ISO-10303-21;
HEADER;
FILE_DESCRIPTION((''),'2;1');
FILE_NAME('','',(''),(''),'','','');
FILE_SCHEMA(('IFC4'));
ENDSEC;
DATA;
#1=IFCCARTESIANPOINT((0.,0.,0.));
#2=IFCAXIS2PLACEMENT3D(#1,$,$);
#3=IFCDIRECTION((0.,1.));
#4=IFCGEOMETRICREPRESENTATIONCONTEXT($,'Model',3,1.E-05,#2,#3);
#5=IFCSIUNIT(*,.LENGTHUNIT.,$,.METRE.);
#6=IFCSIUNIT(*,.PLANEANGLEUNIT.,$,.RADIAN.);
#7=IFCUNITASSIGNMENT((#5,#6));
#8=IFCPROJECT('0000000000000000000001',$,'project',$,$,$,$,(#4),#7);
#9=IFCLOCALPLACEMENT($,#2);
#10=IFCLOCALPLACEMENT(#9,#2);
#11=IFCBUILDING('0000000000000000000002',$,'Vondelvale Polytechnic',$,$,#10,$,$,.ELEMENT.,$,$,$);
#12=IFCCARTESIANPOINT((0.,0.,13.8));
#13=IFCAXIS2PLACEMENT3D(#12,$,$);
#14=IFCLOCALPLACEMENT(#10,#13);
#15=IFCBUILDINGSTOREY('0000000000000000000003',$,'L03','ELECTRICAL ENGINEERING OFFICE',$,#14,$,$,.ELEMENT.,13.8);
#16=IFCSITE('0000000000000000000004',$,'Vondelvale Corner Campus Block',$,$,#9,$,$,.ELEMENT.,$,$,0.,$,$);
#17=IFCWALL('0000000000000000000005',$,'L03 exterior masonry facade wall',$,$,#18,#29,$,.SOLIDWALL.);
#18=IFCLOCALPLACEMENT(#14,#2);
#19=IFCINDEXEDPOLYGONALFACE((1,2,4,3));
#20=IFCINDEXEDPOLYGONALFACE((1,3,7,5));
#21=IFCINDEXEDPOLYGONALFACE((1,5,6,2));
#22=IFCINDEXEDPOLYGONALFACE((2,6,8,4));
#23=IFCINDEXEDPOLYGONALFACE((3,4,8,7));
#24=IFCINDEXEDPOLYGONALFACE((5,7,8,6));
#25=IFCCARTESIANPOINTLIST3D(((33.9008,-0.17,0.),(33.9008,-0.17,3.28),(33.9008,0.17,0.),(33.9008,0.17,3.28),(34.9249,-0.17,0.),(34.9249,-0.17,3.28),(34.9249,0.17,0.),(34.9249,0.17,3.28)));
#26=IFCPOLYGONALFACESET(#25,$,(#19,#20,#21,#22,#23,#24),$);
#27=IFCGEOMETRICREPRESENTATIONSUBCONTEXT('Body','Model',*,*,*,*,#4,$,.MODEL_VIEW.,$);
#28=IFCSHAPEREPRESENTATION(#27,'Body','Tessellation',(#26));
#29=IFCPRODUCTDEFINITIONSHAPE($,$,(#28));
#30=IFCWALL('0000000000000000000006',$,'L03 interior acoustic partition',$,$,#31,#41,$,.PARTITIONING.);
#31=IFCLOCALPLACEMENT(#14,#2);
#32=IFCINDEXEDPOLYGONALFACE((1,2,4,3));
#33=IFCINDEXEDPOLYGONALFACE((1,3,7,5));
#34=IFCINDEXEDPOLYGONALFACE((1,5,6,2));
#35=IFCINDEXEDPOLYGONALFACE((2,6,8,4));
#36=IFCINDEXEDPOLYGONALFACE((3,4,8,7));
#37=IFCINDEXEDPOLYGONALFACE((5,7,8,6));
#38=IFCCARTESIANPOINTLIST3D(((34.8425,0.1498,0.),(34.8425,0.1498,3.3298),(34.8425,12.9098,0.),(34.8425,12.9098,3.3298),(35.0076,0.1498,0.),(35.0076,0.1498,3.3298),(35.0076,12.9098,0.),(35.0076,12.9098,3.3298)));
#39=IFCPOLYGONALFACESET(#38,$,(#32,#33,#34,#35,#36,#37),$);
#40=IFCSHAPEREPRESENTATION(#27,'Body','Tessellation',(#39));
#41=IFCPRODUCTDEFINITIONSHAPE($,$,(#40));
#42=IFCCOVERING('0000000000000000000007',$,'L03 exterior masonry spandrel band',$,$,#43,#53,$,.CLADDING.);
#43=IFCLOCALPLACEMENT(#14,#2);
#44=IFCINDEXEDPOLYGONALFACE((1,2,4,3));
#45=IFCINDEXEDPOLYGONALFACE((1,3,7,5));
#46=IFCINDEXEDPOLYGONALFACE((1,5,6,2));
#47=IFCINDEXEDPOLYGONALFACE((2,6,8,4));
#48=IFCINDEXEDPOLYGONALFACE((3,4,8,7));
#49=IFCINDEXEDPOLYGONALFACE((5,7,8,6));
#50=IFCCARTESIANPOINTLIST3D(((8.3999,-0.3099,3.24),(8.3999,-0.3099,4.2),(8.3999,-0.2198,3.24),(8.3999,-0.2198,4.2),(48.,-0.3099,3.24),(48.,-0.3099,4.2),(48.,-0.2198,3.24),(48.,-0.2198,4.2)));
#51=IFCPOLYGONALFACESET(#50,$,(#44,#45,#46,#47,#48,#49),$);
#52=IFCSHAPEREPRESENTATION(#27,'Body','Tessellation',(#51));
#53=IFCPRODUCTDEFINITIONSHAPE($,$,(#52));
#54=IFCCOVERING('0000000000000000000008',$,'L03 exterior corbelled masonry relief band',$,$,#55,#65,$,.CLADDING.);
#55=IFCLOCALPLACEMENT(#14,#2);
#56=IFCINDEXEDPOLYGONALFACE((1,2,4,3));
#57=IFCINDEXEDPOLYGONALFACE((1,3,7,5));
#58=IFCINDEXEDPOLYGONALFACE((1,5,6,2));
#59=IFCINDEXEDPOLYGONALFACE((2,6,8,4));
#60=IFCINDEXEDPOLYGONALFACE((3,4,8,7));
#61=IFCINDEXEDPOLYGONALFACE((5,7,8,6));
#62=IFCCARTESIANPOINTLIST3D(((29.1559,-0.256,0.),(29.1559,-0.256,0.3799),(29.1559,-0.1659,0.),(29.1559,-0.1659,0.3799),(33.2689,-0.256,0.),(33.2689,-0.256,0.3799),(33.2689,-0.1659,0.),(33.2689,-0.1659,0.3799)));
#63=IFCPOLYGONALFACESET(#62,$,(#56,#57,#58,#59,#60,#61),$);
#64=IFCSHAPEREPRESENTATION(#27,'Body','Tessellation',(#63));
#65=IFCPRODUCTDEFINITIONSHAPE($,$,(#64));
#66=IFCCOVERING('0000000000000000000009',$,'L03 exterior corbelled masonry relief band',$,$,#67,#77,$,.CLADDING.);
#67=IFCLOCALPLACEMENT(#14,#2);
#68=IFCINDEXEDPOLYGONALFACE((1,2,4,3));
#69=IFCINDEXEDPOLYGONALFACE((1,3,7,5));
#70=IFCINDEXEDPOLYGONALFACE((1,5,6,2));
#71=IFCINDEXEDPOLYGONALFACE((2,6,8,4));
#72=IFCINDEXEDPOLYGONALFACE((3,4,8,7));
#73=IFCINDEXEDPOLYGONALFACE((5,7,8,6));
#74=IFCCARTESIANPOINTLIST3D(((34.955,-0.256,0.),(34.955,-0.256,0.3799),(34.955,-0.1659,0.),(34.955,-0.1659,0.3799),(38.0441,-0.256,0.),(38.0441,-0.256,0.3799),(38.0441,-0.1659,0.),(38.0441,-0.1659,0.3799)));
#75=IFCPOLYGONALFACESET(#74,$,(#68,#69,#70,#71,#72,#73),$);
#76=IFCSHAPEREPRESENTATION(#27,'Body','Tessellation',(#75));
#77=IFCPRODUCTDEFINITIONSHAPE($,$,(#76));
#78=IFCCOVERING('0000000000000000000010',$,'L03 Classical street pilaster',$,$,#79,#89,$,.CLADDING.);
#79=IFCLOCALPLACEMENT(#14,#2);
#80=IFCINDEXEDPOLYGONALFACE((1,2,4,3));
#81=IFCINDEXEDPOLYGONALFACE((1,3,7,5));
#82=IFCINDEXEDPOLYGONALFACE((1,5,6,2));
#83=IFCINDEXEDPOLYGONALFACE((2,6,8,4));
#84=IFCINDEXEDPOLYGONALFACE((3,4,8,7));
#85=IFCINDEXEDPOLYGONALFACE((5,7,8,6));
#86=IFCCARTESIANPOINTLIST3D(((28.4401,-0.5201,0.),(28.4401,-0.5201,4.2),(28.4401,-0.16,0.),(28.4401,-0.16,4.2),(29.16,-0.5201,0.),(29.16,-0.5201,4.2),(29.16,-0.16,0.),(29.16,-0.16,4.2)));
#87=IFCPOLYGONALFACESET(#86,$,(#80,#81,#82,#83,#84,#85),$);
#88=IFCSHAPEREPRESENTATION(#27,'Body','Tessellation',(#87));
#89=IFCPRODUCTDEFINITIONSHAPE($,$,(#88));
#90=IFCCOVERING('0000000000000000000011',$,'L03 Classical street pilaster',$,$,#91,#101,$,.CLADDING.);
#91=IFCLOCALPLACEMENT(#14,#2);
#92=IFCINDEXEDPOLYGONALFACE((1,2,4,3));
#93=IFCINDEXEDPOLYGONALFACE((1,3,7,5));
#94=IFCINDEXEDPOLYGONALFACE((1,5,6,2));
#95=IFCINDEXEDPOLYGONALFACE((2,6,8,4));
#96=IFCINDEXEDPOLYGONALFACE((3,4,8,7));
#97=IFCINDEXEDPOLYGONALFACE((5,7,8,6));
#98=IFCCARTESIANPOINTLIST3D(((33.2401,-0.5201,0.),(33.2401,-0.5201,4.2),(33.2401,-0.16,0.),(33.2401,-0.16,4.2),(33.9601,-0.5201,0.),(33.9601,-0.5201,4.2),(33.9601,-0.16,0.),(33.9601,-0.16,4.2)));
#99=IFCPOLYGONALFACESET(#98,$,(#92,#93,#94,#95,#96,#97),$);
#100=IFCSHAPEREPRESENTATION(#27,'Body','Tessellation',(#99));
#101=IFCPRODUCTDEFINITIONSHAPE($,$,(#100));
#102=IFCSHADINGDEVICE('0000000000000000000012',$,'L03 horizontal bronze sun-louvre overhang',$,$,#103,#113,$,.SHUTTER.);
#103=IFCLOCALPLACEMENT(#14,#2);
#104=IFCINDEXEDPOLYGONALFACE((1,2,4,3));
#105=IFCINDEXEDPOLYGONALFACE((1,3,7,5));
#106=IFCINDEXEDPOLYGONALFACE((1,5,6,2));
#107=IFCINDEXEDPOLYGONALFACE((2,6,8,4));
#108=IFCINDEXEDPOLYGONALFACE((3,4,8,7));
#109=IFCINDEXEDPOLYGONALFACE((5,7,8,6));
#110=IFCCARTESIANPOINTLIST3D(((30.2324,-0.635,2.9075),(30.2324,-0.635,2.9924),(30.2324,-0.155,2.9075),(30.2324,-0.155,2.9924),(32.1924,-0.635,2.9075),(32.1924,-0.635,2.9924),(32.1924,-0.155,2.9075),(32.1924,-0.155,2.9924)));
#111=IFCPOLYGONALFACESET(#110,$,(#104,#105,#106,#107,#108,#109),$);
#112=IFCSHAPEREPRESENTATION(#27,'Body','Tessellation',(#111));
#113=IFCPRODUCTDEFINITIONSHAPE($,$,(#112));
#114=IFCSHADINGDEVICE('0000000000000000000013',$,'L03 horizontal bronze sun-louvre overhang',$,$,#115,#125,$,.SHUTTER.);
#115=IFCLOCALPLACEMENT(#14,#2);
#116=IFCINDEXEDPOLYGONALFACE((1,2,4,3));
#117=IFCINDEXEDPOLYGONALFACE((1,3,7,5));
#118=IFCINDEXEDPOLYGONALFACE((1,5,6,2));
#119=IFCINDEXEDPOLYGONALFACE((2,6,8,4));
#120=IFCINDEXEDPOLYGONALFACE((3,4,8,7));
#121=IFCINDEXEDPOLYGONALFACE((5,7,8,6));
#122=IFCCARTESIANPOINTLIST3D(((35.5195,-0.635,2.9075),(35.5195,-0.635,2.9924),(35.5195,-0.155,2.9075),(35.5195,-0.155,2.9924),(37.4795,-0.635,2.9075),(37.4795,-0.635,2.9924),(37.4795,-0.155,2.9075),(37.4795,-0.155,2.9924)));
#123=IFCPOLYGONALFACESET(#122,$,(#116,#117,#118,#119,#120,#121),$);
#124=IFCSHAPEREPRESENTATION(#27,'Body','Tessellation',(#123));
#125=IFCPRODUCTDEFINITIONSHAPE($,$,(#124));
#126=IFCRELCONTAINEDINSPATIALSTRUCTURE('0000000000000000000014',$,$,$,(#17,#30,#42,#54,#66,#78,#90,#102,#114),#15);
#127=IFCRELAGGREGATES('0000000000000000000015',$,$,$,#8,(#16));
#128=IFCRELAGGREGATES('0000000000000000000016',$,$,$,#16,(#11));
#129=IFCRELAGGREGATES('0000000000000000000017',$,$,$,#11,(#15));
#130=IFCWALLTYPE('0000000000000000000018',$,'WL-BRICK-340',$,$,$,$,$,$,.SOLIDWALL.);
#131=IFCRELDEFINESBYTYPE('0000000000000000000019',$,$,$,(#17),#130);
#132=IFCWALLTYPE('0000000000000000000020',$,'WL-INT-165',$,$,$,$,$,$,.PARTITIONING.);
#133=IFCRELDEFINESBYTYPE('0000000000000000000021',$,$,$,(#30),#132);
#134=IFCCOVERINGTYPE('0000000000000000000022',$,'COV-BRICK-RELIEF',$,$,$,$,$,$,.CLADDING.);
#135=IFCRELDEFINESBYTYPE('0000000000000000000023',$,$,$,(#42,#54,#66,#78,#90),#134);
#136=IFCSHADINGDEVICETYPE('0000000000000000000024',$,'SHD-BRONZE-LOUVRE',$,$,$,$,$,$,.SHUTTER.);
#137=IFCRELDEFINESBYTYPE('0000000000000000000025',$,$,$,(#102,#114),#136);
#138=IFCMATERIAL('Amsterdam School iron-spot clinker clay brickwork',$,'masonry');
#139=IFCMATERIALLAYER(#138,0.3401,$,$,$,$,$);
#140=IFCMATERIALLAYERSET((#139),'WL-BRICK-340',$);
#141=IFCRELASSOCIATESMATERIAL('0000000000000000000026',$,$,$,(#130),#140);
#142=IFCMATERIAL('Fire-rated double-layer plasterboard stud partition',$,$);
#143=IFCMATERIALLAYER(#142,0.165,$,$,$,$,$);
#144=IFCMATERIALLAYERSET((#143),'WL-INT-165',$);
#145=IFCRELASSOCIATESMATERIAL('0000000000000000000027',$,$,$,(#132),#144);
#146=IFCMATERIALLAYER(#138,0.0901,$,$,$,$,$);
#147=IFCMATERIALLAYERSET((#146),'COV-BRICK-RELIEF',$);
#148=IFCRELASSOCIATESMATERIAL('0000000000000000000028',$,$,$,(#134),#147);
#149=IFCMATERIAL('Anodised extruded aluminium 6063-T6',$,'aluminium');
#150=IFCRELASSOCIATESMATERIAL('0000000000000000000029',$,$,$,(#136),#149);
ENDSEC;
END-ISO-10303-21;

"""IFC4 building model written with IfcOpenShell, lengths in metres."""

from ifc_helpers import new_model, si_unit, direction, frame, frame_2d, origin, origin_2d, place, context, subcontext, project, spatial, rectangle, extrude, material, layer, layer_set, type_object, element, save


model = new_model("IFC4")

# Units and contexts
model_context = context("Model", 3, precision=1e-05, world=origin(), true_north=direction((0.0, 1.0)))
body_context = subcontext(model_context, "Body", "Model", "MODEL_VIEW")
ifc_project = project(units=[si_unit("LENGTHUNIT", "METRE"), si_unit("PLANEANGLEUNIT", "RADIAN")], contexts=[model_context])

# Site, building, storey
site_placement = place(None, origin())
site = spatial("IfcSite", under=ifc_project, at=site_placement, Name="Vondelvale Corner Campus Block", CompositionType="ELEMENT", RefElevation=0.0)
building_placement = place(site_placement, origin())
building = spatial("IfcBuilding", under=site, at=building_placement, Name="Vondelvale Polytechnic", CompositionType="ELEMENT")
storey_placement = place(building_placement, frame((0.0, 0.0, 13.8)))
storey = spatial("IfcBuildingStorey", under=building, at=storey_placement, Name="L03", Description="ELECTRICAL ENGINEERING OFFICE", CompositionType="ELEMENT", Elevation=13.8)

# Shared definitions
ifc_material_1 = material(Name="Amsterdam School iron-spot clinker clay brickwork", Category="masonry")
ifc_layer_1 = layer(ifc_material_1, 0.3401)
ifc_layer_set_1 = layer_set([ifc_layer_1], Name="WL-BRICK-340")
wall_type_1 = type_object("IfcWallType", Name="WL-BRICK-340", PredefinedType="SOLIDWALL", material=ifc_layer_set_1)

# Walls
wall_1_placement = place(storey_placement, frame((34.925, 0.0, 0.0), z_axis=(0.0, 0.0, 1.0), x_axis=(-1.0, 0.0, 0.0)))
element("IfcWall", 1, at=wall_1_placement, inside=storey, type_object=wall_type_1, Name="L03 exterior masonry facade wall", PredefinedType="SOLIDWALL", context=body_context, shape_type="SweptSolid", body=[
    extrude(rectangle(XDim=1.0242, YDim=0.3401, at=frame_2d((0.5122, 0.0))), origin(), (0.0, 0.0, 1.0), 3.28),
])
ifc_material_2 = material(Name="Fire-rated double-layer plasterboard stud partition")
ifc_layer_2 = layer(ifc_material_2, 0.165)
ifc_layer_set_2 = layer_set([ifc_layer_2], Name="WL-INT-165")
wall_type_2 = type_object("IfcWallType", Name="WL-INT-165", PredefinedType="PARTITIONING", material=ifc_layer_set_2)
wall_2_placement = place(storey_placement, frame((34.925, 0.1499, 0.0), z_axis=(0.0, 0.0, 1.0), x_axis=(0.0, 1.0, 0.0)))
element("IfcWall", 2, at=wall_2_placement, inside=storey, type_object=wall_type_2, Name="L03 interior acoustic partition", PredefinedType="PARTITIONING", context=body_context, shape_type="SweptSolid", body=[
    extrude(rectangle(XDim=12.76, YDim=0.165, at=frame_2d((6.3799, 0.0))), origin(), (0.0, 0.0, 1.0), 3.3298),
])

# Coverings
ifc_layer_3 = layer(ifc_material_1, 0.0901)
ifc_layer_set_3 = layer_set([ifc_layer_3], Name="COV-BRICK-RELIEF")
covering_type = type_object("IfcCoveringType", Name="COV-BRICK-RELIEF", PredefinedType="CLADDING", material=ifc_layer_set_3)
covering_1_placement = place(storey_placement, frame((28.2, -0.2649, 3.24), z_axis=(0.0, 0.0, 1.0), x_axis=(1.0, 0.0, 0.0)))
element("IfcCovering", 3, at=covering_1_placement, inside=storey, type_object=covering_type, Name="L03 exterior masonry spandrel band", PredefinedType="CLADDING", context=body_context, shape_type="SweptSolid", body=[
    extrude(rectangle(XDim=39.6001, YDim=0.0901, at=origin_2d()), origin(), (0.0, 0.0, 1.0), 0.96),
])
covering_2_placement = place(storey_placement, frame((31.2124, -0.2109, 0.0), z_axis=(0.0, 0.0, 1.0), x_axis=(-1.0, 0.0, 0.0)))
element("IfcCovering", 4, at=covering_2_placement, inside=storey, type_object=covering_type, Name="L03 exterior corbelled masonry relief band", PredefinedType="CLADDING", context=body_context, shape_type="SweptSolid", body=[
    extrude(rectangle(XDim=4.113, YDim=0.0901, at=origin_2d()), origin(), (0.0, 0.0, 1.0), 0.3799),
])
covering_3_placement = place(storey_placement, frame((36.4995, -0.2109, 0.0), z_axis=(0.0, 0.0, 1.0), x_axis=(-1.0, 0.0, 0.0)))
element("IfcCovering", 5, at=covering_3_placement, inside=storey, type_object=covering_type, Name="L03 exterior corbelled masonry relief band", PredefinedType="CLADDING", context=body_context, shape_type="SweptSolid", body=[
    extrude(rectangle(XDim=3.0891, YDim=0.0901, at=origin_2d()), origin(), (0.0, 0.0, 1.0), 0.3799),
])
for number, where, z_axis, x_axis, name in (
    (6, (28.8, -0.3401, 0.0), (0.0, 0.0, 1.0), (1.0, 0.0, 0.0), "L03 Classical street pilaster"),
    (7, (33.6001, -0.3401, 0.0), (0.0, 0.0, 1.0), (1.0, 0.0, 0.0), "L03 Classical street pilaster"),
):
    element("IfcCovering", number, at=place(storey_placement, frame(where, z_axis=z_axis, x_axis=x_axis)), inside=storey, type_object=covering_type, Name=name, PredefinedType="CLADDING", context=body_context, shape_type="SweptSolid", body=[
        extrude(rectangle(XDim=0.72, YDim=0.3601, at=origin_2d()), origin(), (0.0, 0.0, 1.0), 4.2),
    ])

# Shading devices
ifc_material_3 = material(Name="Anodised extruded aluminium 6063-T6", Category="aluminium")
shading_device_type = type_object("IfcShadingDeviceType", Name="SHD-BRONZE-LOUVRE", PredefinedType="SHUTTER", material=ifc_material_3)
for number, where, z_axis, x_axis, name in (
    (8, (31.2124, -0.395, 2.9075), (0.0, 0.0, 1.0), (-1.0, 0.0, 0.0), "L03 horizontal bronze sun-louvre overhang"),
    (9, (36.4995, -0.395, 2.9075), (0.0, 0.0, 1.0), (-1.0, 0.0, 0.0), "L03 horizontal bronze sun-louvre overhang"),
):
    element("IfcShadingDevice", number, at=place(storey_placement, frame(where, z_axis=z_axis, x_axis=x_axis)), inside=storey, type_object=shading_device_type, Name=name, PredefinedType="SHUTTER", context=body_context, shape_type="SweptSolid", body=[
        extrude(rectangle(XDim=1.96, YDim=0.48, at=origin_2d()), origin(), (0.0, 0.0, 1.0), 0.085),
    ])

save(model, "model.ifc")
